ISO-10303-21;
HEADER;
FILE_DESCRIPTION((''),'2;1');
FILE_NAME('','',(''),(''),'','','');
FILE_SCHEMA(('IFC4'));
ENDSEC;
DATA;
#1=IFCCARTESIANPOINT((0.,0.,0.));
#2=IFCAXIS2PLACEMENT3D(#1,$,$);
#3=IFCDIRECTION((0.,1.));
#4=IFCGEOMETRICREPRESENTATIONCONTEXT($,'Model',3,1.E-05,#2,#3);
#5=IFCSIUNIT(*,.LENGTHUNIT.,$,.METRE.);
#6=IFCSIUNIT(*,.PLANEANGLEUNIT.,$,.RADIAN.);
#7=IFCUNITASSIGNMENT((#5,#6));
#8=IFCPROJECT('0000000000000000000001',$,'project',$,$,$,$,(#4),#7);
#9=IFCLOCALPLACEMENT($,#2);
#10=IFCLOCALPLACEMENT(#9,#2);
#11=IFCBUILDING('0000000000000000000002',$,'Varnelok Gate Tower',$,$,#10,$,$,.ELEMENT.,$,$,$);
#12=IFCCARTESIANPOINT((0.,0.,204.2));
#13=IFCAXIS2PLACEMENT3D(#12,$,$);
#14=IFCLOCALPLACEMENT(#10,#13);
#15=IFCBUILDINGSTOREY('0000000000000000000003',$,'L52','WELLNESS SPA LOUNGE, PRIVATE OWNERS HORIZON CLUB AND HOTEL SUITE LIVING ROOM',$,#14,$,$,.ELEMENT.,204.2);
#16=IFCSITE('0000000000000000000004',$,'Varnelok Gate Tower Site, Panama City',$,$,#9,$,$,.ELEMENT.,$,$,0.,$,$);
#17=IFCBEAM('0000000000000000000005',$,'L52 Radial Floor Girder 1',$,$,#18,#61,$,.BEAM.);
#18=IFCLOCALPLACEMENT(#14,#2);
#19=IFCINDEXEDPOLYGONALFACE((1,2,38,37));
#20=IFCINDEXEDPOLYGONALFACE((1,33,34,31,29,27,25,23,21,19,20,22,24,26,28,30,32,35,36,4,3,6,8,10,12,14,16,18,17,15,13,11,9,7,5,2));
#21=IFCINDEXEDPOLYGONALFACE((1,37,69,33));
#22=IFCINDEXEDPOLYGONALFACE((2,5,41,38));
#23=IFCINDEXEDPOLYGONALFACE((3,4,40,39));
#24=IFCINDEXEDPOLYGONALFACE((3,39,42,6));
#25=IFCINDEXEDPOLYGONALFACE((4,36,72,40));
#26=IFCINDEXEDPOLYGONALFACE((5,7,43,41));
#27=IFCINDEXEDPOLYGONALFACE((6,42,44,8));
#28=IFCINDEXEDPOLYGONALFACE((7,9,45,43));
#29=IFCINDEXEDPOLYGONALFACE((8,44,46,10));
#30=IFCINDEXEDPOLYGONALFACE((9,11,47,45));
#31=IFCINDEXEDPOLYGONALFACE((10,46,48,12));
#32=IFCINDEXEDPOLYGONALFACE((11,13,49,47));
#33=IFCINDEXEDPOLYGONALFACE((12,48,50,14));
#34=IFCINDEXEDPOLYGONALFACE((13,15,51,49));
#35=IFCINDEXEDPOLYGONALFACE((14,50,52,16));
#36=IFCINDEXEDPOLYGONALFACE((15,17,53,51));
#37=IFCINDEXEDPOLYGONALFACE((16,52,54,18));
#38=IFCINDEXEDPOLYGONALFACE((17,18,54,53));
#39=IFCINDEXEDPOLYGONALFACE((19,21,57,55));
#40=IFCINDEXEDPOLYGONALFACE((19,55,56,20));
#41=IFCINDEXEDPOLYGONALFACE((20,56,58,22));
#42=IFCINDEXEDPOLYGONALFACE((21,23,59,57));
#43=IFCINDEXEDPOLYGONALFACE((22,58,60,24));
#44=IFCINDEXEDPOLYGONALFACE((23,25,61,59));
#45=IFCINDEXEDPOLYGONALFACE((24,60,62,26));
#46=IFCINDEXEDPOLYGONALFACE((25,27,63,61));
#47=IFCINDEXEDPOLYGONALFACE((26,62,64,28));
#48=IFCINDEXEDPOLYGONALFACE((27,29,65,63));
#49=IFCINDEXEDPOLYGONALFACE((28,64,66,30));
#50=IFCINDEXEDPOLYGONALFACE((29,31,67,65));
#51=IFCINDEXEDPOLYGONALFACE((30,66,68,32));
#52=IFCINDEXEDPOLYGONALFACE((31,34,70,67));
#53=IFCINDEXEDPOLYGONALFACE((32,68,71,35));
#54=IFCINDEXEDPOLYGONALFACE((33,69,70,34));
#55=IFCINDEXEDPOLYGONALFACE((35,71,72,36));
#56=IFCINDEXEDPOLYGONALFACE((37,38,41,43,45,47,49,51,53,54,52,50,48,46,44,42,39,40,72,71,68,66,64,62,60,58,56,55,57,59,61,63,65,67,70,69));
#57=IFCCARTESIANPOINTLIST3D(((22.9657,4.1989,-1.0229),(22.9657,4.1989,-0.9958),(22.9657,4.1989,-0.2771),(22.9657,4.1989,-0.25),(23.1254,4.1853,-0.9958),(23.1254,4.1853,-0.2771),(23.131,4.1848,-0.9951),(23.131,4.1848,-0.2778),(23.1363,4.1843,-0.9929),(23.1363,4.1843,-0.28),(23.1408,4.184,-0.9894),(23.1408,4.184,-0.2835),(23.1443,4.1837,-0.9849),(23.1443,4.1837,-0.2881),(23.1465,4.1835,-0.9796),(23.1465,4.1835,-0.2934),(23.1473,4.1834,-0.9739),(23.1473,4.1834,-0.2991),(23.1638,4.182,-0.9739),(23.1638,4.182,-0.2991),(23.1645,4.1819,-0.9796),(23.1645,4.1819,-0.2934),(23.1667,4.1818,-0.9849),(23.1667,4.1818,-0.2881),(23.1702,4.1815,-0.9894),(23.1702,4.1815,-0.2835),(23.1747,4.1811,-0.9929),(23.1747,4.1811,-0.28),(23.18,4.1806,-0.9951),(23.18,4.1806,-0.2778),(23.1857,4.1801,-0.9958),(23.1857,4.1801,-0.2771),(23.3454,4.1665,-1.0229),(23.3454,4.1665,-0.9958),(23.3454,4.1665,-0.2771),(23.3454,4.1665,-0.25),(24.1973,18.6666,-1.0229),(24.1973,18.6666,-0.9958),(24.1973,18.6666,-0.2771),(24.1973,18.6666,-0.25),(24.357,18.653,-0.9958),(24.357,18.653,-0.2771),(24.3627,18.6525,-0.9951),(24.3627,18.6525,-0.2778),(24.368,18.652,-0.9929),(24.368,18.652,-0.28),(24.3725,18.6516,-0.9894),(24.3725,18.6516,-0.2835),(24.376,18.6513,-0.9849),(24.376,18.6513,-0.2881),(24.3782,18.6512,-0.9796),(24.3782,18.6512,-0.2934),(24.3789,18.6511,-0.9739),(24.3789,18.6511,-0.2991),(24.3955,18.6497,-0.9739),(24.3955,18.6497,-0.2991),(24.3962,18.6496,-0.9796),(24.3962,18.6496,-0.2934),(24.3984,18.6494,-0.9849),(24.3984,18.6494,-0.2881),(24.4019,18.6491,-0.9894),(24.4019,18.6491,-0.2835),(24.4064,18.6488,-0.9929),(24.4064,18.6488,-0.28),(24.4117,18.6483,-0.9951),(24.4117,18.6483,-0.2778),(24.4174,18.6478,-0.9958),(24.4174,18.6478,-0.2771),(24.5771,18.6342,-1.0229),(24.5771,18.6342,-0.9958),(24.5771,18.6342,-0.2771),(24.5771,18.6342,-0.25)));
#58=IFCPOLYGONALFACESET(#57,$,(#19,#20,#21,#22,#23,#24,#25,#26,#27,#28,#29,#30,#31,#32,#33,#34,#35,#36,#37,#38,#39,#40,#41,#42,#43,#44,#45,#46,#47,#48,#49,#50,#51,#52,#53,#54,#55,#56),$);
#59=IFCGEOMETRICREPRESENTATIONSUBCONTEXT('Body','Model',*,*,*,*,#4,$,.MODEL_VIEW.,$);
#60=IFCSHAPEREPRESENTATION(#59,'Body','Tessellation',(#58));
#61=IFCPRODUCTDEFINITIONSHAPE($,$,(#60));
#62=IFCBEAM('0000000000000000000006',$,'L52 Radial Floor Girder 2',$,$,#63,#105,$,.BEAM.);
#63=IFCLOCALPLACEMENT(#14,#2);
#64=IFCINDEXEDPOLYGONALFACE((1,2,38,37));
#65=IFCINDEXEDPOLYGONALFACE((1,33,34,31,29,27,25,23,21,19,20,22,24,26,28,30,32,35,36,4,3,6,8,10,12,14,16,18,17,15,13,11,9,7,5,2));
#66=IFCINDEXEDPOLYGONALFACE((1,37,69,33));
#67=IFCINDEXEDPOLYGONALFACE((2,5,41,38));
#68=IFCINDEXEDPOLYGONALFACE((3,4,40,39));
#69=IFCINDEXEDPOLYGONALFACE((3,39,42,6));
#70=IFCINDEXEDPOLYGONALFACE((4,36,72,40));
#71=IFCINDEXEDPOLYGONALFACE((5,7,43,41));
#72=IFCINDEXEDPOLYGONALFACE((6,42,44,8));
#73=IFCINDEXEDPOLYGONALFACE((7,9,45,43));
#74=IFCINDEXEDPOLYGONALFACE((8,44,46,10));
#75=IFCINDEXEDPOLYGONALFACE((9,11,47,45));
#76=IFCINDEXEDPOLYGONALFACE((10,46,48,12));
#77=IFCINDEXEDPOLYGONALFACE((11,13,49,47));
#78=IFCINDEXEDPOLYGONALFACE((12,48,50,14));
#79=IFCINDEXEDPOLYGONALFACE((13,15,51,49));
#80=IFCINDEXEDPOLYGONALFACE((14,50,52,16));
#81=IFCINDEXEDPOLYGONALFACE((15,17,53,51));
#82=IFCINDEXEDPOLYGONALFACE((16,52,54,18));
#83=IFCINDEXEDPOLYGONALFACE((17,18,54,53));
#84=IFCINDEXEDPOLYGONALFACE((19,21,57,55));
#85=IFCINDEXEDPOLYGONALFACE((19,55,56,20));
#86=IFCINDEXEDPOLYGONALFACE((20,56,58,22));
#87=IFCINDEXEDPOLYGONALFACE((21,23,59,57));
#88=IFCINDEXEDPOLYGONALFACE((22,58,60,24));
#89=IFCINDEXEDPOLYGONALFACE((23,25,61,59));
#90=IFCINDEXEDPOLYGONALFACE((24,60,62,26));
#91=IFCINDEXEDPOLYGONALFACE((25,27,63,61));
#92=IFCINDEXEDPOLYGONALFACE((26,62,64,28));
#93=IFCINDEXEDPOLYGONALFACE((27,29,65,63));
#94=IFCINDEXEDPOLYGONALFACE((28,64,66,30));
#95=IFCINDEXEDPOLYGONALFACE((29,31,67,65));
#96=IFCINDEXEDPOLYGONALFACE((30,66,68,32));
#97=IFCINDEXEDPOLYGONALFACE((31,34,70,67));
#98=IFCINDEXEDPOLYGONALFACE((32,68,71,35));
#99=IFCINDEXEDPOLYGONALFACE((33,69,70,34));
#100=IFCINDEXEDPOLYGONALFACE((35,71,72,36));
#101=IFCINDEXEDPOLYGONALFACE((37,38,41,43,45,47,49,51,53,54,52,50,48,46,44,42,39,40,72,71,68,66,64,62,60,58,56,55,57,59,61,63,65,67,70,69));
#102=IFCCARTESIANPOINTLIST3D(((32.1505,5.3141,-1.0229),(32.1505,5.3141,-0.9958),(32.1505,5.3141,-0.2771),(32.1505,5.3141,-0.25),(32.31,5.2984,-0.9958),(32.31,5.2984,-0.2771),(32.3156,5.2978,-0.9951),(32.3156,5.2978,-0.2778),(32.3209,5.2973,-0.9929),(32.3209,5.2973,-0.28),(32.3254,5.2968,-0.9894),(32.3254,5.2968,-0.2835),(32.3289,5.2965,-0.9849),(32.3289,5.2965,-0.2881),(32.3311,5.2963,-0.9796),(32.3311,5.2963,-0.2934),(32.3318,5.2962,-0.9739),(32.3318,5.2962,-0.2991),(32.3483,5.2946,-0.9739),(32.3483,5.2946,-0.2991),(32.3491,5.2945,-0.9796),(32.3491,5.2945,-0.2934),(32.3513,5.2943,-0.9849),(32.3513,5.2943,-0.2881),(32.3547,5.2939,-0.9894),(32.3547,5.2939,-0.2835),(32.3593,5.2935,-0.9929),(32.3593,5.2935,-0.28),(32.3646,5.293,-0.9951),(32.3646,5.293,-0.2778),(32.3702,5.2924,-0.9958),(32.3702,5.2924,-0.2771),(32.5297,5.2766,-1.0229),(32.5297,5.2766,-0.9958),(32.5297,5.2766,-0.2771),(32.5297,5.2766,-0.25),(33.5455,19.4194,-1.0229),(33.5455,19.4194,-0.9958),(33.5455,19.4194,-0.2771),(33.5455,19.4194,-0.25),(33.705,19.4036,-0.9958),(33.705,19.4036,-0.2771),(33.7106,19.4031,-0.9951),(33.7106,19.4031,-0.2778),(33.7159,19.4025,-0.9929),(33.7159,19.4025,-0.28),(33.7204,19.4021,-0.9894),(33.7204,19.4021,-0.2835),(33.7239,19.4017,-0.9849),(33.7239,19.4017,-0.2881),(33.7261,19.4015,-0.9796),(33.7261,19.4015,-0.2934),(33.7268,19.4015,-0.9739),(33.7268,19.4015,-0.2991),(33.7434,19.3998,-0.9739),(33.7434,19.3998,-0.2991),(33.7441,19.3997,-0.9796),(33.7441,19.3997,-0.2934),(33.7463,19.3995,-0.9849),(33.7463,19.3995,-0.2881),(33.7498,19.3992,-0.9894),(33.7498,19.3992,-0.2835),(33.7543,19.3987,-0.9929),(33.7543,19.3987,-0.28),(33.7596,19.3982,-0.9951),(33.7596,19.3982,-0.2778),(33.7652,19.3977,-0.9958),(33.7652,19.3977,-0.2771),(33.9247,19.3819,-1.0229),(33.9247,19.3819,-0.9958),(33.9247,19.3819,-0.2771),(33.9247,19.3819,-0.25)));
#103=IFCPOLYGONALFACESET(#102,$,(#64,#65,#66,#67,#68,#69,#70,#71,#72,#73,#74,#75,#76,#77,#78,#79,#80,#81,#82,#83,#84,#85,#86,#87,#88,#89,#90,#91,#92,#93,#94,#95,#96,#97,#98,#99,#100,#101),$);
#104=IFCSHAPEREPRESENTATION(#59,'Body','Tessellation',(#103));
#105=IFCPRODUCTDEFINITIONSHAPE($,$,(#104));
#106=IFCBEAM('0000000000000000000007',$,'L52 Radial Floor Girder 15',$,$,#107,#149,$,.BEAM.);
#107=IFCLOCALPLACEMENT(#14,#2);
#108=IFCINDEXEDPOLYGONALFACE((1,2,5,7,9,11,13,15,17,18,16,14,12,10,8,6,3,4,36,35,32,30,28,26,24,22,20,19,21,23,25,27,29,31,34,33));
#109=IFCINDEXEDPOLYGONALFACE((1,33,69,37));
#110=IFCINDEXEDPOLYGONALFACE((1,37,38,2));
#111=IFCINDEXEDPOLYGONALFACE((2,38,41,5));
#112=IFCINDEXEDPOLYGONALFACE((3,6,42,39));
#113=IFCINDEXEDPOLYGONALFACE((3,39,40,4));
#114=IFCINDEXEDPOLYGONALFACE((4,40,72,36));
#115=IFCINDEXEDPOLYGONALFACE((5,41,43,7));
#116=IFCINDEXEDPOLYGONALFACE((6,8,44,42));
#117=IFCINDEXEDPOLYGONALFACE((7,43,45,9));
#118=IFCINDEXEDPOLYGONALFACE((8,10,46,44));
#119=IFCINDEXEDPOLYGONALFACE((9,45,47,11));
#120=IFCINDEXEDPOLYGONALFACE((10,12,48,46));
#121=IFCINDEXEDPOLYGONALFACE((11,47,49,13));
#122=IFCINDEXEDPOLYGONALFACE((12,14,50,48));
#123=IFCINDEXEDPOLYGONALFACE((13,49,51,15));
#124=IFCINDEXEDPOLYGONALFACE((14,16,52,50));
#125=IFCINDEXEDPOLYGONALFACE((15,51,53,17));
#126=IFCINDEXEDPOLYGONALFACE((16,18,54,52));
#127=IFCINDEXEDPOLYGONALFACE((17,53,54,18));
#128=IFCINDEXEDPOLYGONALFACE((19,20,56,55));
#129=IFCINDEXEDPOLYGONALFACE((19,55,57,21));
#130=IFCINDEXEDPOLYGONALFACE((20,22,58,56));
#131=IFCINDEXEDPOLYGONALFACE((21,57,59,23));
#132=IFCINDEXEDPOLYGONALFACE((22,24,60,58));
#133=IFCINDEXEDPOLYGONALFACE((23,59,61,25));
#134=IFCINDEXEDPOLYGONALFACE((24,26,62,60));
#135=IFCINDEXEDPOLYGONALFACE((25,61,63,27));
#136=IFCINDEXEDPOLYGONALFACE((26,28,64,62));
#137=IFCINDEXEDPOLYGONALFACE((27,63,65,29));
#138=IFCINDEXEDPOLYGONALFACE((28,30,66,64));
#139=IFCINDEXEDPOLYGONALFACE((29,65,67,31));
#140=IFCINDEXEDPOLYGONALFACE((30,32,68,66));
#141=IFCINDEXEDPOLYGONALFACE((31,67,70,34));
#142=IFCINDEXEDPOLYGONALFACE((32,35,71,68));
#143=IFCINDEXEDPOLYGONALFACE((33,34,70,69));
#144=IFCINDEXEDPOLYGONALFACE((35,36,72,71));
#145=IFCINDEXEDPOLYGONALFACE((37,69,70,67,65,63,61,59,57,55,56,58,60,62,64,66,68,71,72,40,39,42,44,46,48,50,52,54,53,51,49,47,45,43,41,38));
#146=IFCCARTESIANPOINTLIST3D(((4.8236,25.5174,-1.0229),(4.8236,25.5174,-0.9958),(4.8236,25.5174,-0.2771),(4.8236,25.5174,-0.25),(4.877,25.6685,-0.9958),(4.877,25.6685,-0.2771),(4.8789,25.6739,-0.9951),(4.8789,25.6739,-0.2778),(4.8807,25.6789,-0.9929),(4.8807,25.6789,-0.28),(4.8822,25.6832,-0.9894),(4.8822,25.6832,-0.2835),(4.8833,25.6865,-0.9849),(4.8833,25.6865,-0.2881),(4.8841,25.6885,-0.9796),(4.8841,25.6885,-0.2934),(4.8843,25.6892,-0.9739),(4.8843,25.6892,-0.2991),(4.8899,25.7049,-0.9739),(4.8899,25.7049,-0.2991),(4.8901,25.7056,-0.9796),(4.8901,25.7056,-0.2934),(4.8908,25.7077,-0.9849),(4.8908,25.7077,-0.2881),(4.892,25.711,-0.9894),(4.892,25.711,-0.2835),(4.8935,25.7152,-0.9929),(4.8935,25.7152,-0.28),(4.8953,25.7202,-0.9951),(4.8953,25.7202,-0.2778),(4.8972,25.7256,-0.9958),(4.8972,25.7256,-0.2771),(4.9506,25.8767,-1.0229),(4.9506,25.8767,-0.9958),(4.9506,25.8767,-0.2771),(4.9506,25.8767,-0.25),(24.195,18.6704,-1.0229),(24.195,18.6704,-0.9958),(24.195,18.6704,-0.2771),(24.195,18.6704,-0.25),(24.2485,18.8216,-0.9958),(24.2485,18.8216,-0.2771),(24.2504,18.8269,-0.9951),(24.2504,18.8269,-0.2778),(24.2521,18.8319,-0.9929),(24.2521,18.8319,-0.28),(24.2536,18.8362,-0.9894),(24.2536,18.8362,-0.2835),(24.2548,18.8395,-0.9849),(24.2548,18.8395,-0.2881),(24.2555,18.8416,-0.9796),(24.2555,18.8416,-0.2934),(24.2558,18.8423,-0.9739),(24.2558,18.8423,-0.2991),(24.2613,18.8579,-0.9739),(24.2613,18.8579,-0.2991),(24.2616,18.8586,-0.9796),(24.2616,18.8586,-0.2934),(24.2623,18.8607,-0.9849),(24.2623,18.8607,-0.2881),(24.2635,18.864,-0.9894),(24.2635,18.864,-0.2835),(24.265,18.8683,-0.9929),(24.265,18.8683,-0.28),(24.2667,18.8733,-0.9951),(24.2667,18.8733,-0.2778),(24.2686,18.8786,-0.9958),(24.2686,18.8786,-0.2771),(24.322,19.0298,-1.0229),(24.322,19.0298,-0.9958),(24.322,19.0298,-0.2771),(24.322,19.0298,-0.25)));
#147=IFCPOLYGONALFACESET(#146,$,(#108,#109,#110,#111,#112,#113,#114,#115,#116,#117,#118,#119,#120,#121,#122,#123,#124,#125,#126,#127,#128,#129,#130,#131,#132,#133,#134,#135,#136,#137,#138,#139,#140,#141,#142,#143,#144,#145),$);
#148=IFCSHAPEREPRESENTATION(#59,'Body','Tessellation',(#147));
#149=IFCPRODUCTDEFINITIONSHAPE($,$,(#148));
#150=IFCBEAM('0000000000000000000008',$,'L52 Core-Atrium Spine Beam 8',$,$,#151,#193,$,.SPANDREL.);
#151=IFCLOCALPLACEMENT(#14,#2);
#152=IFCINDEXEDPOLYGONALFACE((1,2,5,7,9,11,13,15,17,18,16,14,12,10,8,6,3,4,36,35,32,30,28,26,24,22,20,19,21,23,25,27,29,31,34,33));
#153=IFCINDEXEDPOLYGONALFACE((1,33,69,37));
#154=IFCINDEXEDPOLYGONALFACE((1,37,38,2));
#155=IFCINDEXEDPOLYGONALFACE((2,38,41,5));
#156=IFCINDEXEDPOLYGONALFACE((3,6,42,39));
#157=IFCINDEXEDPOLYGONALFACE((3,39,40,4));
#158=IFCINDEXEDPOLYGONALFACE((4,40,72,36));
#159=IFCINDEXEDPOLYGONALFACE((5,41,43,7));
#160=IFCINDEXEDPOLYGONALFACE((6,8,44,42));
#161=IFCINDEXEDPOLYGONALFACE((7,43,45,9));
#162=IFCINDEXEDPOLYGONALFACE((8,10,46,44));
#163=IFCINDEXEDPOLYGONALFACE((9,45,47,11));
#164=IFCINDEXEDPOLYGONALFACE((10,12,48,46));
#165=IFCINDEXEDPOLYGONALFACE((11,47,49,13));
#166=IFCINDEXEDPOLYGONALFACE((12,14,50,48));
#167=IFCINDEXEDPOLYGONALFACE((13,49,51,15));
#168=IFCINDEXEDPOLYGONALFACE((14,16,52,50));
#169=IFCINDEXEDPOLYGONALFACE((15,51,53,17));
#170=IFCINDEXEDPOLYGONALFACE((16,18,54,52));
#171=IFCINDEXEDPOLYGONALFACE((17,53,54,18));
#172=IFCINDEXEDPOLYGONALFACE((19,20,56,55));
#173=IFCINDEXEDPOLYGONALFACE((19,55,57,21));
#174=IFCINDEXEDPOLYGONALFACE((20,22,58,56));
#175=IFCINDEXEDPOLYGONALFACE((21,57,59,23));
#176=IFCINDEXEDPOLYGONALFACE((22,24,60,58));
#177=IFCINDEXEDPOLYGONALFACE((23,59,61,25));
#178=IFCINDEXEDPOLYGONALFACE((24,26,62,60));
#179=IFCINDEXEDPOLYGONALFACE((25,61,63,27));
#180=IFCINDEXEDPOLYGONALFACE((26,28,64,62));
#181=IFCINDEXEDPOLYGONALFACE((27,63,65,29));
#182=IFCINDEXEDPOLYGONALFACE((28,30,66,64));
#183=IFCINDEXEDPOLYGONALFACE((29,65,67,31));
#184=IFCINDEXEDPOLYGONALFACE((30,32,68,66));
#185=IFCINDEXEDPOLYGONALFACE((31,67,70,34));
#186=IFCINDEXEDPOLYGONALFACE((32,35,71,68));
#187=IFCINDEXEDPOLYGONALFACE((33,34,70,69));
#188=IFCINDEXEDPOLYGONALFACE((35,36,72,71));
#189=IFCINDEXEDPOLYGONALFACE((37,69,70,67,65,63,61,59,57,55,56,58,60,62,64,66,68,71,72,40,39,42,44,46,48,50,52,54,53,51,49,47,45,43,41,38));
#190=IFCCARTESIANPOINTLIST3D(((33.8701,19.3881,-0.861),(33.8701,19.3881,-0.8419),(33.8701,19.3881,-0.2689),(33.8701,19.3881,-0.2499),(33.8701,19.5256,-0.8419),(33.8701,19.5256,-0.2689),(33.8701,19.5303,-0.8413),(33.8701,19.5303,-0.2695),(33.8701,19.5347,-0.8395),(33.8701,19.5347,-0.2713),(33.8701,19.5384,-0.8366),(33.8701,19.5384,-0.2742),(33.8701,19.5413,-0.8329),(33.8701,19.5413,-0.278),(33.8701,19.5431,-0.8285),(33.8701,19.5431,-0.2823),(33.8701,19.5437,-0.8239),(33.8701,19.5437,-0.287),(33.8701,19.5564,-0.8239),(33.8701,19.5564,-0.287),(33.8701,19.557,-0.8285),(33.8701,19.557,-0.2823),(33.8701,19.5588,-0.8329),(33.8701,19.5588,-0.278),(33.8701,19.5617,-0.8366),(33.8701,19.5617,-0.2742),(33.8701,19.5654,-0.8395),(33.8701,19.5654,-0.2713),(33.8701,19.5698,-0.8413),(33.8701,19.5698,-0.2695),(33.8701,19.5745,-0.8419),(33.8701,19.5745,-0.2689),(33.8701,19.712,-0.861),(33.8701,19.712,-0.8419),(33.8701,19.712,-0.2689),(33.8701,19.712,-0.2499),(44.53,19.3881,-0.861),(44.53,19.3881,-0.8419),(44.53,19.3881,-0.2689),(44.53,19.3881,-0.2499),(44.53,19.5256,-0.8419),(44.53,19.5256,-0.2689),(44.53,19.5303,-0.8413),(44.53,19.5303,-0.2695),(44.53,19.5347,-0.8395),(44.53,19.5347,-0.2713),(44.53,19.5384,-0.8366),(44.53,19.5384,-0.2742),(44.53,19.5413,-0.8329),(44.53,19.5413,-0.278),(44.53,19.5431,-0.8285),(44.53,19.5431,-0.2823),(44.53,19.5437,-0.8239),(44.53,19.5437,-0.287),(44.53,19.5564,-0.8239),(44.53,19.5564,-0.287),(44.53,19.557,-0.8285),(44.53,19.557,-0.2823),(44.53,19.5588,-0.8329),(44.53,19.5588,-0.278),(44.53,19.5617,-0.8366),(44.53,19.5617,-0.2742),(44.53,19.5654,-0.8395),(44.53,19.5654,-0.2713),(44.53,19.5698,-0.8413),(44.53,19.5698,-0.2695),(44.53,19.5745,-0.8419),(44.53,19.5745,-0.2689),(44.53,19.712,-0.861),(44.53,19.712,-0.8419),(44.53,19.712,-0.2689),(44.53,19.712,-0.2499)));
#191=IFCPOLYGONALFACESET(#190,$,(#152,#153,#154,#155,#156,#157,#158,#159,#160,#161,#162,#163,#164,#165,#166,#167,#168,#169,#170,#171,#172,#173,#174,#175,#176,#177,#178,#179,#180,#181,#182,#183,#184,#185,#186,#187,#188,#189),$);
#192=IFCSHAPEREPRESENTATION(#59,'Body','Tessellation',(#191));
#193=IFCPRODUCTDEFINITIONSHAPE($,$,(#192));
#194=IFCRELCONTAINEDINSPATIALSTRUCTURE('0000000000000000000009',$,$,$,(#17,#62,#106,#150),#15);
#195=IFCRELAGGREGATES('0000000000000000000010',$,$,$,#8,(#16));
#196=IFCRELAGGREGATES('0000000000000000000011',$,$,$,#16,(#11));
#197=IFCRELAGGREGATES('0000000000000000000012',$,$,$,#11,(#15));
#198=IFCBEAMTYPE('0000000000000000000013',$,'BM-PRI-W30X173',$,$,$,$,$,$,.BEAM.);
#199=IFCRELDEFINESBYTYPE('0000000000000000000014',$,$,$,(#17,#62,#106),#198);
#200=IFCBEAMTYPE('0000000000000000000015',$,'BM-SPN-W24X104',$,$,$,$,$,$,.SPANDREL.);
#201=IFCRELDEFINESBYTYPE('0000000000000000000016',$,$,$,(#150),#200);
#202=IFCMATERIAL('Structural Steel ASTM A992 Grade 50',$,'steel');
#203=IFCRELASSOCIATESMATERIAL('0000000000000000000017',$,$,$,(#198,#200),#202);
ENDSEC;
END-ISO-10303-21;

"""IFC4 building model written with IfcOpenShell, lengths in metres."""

from ifc_helpers import new_model, si_unit, direction, frame, origin, origin_2d, place, context, subcontext, project, spatial, i_section, extrude, material, material_profile, profile_set, type_object, element, save


model = new_model("IFC4")

# Units and contexts
model_context = context("Model", 3, precision=1e-05, world=origin(), true_north=direction((0.0, 1.0)))
body_context = subcontext(model_context, "Body", "Model", "MODEL_VIEW")
ifc_project = project(units=[si_unit("LENGTHUNIT", "METRE"), si_unit("PLANEANGLEUNIT", "RADIAN")], contexts=[model_context])

# Site, building, storey
site_placement = place(None, origin())
site = spatial("IfcSite", under=ifc_project, at=site_placement, Name="Varnelok Gate Tower Site, Panama City", CompositionType="ELEMENT", RefElevation=0.0)
building_placement = place(site_placement, origin())
building = spatial("IfcBuilding", under=site, at=building_placement, Name="Varnelok Gate Tower", CompositionType="ELEMENT")
storey_placement = place(building_placement, frame((0.0, 0.0, 204.2)))
storey = spatial("IfcBuildingStorey", under=building, at=storey_placement, Name="L52", Description="WELLNESS SPA LOUNGE, PRIVATE OWNERS HORIZON CLUB AND HOTEL SUITE LIVING ROOM", CompositionType="ELEMENT", Elevation=204.2)

# Shared definitions
ifc_material_1 = material(Name="Structural Steel ASTM A992 Grade 50", Category="steel")

# Beams
ifc_material_profile_1 = material_profile(ifc_material_1, i_section(OverallWidth=0.3811, OverallDepth=0.7729, WebThickness=0.0166, FlangeThickness=0.0271, FilletRadius=0.022, at=origin_2d()), Name="W30X173")
ifc_profile_set_1 = profile_set([ifc_material_profile_1], Name="Structural Steel ASTM A992 Grade 50")
beam_type_1 = type_object("IfcBeamType", Name="BM-PRI-W30X173", PredefinedType="BEAM", material=ifc_profile_set_1)
beam_1_placement = place(storey_placement, frame((24.3872, 18.6504, -0.6365), z_axis=(-0.084826, -0.996396, 0.0), x_axis=(0.996396, -0.084826, 0.0)))
element("IfcBeam", 1, at=beam_1_placement, inside=storey, type_object=beam_type_1, Name="L52 Radial Floor Girder 1", PredefinedType="BEAM", context=body_context, shape_type="SweptSolid", body=[
    extrude(i_section(OverallWidth=0.3811, OverallDepth=0.7729, WebThickness=0.0166, FlangeThickness=0.0271, FilletRadius=0.022, at=origin_2d()), origin(), (0.0, 0.0, 1.0), 14.52),
])
beam_2_placement = place(storey_placement, frame((33.7351, 19.4006, -0.6365), z_axis=(-0.098421, -0.995145, 0.0), x_axis=(0.995145, -0.098421, 0.0)))
element("IfcBeam", 2, at=beam_2_placement, inside=storey, type_object=beam_type_1, Name="L52 Radial Floor Girder 2", PredefinedType="BEAM", context=body_context, shape_type="SweptSolid", body=[
    extrude(i_section(OverallWidth=0.3811, OverallDepth=0.7729, WebThickness=0.0166, FlangeThickness=0.0271, FilletRadius=0.022, at=origin_2d()), origin(), (0.0, 0.0, 1.0), 14.1741),
])
beam_3_placement = place(storey_placement, frame((24.2585, 18.8501, -0.6365), z_axis=(-0.942838, 0.333252, 0.0), x_axis=(-0.333252, -0.942838, 0.0)))
element("IfcBeam", 3, at=beam_3_placement, inside=storey, type_object=beam_type_1, Name="L52 Radial Floor Girder 15", PredefinedType="BEAM", context=body_context, shape_type="SweptSolid", body=[
    extrude(i_section(OverallWidth=0.3811, OverallDepth=0.7729, WebThickness=0.0166, FlangeThickness=0.0271, FilletRadius=0.022, at=origin_2d()), origin(), (0.0, 0.0, 1.0), 20.5459),
])
ifc_material_profile_2 = material_profile(ifc_material_1, i_section(OverallWidth=0.324, OverallDepth=0.6111, WebThickness=0.0127, FlangeThickness=0.019, FilletRadius=0.0181, at=origin_2d()), Name="W24X104")
ifc_profile_set_2 = profile_set([ifc_material_profile_2], Name="Structural Steel ASTM A992 Grade 50")
beam_type_2 = type_object("IfcBeamType", Name="BM-SPN-W24X104", PredefinedType="SPANDREL", material=ifc_profile_set_2)
beam_4_placement = place(storey_placement, frame((33.8701, 19.55, -0.5554), z_axis=(1.0, 0.0, 0.0), x_axis=(0.0, 1.0, 0.0)))
element("IfcBeam", 4, at=beam_4_placement, inside=storey, type_object=beam_type_2, Name="L52 Core-Atrium Spine Beam 8", PredefinedType="SPANDREL", context=body_context, shape_type="SweptSolid", body=[
    extrude(i_section(OverallWidth=0.324, OverallDepth=0.6111, WebThickness=0.0127, FlangeThickness=0.019, FilletRadius=0.0181, at=origin_2d()), origin(), (0.0, 0.0, 1.0), 10.6599),
])

save(model, "model.ifc")
